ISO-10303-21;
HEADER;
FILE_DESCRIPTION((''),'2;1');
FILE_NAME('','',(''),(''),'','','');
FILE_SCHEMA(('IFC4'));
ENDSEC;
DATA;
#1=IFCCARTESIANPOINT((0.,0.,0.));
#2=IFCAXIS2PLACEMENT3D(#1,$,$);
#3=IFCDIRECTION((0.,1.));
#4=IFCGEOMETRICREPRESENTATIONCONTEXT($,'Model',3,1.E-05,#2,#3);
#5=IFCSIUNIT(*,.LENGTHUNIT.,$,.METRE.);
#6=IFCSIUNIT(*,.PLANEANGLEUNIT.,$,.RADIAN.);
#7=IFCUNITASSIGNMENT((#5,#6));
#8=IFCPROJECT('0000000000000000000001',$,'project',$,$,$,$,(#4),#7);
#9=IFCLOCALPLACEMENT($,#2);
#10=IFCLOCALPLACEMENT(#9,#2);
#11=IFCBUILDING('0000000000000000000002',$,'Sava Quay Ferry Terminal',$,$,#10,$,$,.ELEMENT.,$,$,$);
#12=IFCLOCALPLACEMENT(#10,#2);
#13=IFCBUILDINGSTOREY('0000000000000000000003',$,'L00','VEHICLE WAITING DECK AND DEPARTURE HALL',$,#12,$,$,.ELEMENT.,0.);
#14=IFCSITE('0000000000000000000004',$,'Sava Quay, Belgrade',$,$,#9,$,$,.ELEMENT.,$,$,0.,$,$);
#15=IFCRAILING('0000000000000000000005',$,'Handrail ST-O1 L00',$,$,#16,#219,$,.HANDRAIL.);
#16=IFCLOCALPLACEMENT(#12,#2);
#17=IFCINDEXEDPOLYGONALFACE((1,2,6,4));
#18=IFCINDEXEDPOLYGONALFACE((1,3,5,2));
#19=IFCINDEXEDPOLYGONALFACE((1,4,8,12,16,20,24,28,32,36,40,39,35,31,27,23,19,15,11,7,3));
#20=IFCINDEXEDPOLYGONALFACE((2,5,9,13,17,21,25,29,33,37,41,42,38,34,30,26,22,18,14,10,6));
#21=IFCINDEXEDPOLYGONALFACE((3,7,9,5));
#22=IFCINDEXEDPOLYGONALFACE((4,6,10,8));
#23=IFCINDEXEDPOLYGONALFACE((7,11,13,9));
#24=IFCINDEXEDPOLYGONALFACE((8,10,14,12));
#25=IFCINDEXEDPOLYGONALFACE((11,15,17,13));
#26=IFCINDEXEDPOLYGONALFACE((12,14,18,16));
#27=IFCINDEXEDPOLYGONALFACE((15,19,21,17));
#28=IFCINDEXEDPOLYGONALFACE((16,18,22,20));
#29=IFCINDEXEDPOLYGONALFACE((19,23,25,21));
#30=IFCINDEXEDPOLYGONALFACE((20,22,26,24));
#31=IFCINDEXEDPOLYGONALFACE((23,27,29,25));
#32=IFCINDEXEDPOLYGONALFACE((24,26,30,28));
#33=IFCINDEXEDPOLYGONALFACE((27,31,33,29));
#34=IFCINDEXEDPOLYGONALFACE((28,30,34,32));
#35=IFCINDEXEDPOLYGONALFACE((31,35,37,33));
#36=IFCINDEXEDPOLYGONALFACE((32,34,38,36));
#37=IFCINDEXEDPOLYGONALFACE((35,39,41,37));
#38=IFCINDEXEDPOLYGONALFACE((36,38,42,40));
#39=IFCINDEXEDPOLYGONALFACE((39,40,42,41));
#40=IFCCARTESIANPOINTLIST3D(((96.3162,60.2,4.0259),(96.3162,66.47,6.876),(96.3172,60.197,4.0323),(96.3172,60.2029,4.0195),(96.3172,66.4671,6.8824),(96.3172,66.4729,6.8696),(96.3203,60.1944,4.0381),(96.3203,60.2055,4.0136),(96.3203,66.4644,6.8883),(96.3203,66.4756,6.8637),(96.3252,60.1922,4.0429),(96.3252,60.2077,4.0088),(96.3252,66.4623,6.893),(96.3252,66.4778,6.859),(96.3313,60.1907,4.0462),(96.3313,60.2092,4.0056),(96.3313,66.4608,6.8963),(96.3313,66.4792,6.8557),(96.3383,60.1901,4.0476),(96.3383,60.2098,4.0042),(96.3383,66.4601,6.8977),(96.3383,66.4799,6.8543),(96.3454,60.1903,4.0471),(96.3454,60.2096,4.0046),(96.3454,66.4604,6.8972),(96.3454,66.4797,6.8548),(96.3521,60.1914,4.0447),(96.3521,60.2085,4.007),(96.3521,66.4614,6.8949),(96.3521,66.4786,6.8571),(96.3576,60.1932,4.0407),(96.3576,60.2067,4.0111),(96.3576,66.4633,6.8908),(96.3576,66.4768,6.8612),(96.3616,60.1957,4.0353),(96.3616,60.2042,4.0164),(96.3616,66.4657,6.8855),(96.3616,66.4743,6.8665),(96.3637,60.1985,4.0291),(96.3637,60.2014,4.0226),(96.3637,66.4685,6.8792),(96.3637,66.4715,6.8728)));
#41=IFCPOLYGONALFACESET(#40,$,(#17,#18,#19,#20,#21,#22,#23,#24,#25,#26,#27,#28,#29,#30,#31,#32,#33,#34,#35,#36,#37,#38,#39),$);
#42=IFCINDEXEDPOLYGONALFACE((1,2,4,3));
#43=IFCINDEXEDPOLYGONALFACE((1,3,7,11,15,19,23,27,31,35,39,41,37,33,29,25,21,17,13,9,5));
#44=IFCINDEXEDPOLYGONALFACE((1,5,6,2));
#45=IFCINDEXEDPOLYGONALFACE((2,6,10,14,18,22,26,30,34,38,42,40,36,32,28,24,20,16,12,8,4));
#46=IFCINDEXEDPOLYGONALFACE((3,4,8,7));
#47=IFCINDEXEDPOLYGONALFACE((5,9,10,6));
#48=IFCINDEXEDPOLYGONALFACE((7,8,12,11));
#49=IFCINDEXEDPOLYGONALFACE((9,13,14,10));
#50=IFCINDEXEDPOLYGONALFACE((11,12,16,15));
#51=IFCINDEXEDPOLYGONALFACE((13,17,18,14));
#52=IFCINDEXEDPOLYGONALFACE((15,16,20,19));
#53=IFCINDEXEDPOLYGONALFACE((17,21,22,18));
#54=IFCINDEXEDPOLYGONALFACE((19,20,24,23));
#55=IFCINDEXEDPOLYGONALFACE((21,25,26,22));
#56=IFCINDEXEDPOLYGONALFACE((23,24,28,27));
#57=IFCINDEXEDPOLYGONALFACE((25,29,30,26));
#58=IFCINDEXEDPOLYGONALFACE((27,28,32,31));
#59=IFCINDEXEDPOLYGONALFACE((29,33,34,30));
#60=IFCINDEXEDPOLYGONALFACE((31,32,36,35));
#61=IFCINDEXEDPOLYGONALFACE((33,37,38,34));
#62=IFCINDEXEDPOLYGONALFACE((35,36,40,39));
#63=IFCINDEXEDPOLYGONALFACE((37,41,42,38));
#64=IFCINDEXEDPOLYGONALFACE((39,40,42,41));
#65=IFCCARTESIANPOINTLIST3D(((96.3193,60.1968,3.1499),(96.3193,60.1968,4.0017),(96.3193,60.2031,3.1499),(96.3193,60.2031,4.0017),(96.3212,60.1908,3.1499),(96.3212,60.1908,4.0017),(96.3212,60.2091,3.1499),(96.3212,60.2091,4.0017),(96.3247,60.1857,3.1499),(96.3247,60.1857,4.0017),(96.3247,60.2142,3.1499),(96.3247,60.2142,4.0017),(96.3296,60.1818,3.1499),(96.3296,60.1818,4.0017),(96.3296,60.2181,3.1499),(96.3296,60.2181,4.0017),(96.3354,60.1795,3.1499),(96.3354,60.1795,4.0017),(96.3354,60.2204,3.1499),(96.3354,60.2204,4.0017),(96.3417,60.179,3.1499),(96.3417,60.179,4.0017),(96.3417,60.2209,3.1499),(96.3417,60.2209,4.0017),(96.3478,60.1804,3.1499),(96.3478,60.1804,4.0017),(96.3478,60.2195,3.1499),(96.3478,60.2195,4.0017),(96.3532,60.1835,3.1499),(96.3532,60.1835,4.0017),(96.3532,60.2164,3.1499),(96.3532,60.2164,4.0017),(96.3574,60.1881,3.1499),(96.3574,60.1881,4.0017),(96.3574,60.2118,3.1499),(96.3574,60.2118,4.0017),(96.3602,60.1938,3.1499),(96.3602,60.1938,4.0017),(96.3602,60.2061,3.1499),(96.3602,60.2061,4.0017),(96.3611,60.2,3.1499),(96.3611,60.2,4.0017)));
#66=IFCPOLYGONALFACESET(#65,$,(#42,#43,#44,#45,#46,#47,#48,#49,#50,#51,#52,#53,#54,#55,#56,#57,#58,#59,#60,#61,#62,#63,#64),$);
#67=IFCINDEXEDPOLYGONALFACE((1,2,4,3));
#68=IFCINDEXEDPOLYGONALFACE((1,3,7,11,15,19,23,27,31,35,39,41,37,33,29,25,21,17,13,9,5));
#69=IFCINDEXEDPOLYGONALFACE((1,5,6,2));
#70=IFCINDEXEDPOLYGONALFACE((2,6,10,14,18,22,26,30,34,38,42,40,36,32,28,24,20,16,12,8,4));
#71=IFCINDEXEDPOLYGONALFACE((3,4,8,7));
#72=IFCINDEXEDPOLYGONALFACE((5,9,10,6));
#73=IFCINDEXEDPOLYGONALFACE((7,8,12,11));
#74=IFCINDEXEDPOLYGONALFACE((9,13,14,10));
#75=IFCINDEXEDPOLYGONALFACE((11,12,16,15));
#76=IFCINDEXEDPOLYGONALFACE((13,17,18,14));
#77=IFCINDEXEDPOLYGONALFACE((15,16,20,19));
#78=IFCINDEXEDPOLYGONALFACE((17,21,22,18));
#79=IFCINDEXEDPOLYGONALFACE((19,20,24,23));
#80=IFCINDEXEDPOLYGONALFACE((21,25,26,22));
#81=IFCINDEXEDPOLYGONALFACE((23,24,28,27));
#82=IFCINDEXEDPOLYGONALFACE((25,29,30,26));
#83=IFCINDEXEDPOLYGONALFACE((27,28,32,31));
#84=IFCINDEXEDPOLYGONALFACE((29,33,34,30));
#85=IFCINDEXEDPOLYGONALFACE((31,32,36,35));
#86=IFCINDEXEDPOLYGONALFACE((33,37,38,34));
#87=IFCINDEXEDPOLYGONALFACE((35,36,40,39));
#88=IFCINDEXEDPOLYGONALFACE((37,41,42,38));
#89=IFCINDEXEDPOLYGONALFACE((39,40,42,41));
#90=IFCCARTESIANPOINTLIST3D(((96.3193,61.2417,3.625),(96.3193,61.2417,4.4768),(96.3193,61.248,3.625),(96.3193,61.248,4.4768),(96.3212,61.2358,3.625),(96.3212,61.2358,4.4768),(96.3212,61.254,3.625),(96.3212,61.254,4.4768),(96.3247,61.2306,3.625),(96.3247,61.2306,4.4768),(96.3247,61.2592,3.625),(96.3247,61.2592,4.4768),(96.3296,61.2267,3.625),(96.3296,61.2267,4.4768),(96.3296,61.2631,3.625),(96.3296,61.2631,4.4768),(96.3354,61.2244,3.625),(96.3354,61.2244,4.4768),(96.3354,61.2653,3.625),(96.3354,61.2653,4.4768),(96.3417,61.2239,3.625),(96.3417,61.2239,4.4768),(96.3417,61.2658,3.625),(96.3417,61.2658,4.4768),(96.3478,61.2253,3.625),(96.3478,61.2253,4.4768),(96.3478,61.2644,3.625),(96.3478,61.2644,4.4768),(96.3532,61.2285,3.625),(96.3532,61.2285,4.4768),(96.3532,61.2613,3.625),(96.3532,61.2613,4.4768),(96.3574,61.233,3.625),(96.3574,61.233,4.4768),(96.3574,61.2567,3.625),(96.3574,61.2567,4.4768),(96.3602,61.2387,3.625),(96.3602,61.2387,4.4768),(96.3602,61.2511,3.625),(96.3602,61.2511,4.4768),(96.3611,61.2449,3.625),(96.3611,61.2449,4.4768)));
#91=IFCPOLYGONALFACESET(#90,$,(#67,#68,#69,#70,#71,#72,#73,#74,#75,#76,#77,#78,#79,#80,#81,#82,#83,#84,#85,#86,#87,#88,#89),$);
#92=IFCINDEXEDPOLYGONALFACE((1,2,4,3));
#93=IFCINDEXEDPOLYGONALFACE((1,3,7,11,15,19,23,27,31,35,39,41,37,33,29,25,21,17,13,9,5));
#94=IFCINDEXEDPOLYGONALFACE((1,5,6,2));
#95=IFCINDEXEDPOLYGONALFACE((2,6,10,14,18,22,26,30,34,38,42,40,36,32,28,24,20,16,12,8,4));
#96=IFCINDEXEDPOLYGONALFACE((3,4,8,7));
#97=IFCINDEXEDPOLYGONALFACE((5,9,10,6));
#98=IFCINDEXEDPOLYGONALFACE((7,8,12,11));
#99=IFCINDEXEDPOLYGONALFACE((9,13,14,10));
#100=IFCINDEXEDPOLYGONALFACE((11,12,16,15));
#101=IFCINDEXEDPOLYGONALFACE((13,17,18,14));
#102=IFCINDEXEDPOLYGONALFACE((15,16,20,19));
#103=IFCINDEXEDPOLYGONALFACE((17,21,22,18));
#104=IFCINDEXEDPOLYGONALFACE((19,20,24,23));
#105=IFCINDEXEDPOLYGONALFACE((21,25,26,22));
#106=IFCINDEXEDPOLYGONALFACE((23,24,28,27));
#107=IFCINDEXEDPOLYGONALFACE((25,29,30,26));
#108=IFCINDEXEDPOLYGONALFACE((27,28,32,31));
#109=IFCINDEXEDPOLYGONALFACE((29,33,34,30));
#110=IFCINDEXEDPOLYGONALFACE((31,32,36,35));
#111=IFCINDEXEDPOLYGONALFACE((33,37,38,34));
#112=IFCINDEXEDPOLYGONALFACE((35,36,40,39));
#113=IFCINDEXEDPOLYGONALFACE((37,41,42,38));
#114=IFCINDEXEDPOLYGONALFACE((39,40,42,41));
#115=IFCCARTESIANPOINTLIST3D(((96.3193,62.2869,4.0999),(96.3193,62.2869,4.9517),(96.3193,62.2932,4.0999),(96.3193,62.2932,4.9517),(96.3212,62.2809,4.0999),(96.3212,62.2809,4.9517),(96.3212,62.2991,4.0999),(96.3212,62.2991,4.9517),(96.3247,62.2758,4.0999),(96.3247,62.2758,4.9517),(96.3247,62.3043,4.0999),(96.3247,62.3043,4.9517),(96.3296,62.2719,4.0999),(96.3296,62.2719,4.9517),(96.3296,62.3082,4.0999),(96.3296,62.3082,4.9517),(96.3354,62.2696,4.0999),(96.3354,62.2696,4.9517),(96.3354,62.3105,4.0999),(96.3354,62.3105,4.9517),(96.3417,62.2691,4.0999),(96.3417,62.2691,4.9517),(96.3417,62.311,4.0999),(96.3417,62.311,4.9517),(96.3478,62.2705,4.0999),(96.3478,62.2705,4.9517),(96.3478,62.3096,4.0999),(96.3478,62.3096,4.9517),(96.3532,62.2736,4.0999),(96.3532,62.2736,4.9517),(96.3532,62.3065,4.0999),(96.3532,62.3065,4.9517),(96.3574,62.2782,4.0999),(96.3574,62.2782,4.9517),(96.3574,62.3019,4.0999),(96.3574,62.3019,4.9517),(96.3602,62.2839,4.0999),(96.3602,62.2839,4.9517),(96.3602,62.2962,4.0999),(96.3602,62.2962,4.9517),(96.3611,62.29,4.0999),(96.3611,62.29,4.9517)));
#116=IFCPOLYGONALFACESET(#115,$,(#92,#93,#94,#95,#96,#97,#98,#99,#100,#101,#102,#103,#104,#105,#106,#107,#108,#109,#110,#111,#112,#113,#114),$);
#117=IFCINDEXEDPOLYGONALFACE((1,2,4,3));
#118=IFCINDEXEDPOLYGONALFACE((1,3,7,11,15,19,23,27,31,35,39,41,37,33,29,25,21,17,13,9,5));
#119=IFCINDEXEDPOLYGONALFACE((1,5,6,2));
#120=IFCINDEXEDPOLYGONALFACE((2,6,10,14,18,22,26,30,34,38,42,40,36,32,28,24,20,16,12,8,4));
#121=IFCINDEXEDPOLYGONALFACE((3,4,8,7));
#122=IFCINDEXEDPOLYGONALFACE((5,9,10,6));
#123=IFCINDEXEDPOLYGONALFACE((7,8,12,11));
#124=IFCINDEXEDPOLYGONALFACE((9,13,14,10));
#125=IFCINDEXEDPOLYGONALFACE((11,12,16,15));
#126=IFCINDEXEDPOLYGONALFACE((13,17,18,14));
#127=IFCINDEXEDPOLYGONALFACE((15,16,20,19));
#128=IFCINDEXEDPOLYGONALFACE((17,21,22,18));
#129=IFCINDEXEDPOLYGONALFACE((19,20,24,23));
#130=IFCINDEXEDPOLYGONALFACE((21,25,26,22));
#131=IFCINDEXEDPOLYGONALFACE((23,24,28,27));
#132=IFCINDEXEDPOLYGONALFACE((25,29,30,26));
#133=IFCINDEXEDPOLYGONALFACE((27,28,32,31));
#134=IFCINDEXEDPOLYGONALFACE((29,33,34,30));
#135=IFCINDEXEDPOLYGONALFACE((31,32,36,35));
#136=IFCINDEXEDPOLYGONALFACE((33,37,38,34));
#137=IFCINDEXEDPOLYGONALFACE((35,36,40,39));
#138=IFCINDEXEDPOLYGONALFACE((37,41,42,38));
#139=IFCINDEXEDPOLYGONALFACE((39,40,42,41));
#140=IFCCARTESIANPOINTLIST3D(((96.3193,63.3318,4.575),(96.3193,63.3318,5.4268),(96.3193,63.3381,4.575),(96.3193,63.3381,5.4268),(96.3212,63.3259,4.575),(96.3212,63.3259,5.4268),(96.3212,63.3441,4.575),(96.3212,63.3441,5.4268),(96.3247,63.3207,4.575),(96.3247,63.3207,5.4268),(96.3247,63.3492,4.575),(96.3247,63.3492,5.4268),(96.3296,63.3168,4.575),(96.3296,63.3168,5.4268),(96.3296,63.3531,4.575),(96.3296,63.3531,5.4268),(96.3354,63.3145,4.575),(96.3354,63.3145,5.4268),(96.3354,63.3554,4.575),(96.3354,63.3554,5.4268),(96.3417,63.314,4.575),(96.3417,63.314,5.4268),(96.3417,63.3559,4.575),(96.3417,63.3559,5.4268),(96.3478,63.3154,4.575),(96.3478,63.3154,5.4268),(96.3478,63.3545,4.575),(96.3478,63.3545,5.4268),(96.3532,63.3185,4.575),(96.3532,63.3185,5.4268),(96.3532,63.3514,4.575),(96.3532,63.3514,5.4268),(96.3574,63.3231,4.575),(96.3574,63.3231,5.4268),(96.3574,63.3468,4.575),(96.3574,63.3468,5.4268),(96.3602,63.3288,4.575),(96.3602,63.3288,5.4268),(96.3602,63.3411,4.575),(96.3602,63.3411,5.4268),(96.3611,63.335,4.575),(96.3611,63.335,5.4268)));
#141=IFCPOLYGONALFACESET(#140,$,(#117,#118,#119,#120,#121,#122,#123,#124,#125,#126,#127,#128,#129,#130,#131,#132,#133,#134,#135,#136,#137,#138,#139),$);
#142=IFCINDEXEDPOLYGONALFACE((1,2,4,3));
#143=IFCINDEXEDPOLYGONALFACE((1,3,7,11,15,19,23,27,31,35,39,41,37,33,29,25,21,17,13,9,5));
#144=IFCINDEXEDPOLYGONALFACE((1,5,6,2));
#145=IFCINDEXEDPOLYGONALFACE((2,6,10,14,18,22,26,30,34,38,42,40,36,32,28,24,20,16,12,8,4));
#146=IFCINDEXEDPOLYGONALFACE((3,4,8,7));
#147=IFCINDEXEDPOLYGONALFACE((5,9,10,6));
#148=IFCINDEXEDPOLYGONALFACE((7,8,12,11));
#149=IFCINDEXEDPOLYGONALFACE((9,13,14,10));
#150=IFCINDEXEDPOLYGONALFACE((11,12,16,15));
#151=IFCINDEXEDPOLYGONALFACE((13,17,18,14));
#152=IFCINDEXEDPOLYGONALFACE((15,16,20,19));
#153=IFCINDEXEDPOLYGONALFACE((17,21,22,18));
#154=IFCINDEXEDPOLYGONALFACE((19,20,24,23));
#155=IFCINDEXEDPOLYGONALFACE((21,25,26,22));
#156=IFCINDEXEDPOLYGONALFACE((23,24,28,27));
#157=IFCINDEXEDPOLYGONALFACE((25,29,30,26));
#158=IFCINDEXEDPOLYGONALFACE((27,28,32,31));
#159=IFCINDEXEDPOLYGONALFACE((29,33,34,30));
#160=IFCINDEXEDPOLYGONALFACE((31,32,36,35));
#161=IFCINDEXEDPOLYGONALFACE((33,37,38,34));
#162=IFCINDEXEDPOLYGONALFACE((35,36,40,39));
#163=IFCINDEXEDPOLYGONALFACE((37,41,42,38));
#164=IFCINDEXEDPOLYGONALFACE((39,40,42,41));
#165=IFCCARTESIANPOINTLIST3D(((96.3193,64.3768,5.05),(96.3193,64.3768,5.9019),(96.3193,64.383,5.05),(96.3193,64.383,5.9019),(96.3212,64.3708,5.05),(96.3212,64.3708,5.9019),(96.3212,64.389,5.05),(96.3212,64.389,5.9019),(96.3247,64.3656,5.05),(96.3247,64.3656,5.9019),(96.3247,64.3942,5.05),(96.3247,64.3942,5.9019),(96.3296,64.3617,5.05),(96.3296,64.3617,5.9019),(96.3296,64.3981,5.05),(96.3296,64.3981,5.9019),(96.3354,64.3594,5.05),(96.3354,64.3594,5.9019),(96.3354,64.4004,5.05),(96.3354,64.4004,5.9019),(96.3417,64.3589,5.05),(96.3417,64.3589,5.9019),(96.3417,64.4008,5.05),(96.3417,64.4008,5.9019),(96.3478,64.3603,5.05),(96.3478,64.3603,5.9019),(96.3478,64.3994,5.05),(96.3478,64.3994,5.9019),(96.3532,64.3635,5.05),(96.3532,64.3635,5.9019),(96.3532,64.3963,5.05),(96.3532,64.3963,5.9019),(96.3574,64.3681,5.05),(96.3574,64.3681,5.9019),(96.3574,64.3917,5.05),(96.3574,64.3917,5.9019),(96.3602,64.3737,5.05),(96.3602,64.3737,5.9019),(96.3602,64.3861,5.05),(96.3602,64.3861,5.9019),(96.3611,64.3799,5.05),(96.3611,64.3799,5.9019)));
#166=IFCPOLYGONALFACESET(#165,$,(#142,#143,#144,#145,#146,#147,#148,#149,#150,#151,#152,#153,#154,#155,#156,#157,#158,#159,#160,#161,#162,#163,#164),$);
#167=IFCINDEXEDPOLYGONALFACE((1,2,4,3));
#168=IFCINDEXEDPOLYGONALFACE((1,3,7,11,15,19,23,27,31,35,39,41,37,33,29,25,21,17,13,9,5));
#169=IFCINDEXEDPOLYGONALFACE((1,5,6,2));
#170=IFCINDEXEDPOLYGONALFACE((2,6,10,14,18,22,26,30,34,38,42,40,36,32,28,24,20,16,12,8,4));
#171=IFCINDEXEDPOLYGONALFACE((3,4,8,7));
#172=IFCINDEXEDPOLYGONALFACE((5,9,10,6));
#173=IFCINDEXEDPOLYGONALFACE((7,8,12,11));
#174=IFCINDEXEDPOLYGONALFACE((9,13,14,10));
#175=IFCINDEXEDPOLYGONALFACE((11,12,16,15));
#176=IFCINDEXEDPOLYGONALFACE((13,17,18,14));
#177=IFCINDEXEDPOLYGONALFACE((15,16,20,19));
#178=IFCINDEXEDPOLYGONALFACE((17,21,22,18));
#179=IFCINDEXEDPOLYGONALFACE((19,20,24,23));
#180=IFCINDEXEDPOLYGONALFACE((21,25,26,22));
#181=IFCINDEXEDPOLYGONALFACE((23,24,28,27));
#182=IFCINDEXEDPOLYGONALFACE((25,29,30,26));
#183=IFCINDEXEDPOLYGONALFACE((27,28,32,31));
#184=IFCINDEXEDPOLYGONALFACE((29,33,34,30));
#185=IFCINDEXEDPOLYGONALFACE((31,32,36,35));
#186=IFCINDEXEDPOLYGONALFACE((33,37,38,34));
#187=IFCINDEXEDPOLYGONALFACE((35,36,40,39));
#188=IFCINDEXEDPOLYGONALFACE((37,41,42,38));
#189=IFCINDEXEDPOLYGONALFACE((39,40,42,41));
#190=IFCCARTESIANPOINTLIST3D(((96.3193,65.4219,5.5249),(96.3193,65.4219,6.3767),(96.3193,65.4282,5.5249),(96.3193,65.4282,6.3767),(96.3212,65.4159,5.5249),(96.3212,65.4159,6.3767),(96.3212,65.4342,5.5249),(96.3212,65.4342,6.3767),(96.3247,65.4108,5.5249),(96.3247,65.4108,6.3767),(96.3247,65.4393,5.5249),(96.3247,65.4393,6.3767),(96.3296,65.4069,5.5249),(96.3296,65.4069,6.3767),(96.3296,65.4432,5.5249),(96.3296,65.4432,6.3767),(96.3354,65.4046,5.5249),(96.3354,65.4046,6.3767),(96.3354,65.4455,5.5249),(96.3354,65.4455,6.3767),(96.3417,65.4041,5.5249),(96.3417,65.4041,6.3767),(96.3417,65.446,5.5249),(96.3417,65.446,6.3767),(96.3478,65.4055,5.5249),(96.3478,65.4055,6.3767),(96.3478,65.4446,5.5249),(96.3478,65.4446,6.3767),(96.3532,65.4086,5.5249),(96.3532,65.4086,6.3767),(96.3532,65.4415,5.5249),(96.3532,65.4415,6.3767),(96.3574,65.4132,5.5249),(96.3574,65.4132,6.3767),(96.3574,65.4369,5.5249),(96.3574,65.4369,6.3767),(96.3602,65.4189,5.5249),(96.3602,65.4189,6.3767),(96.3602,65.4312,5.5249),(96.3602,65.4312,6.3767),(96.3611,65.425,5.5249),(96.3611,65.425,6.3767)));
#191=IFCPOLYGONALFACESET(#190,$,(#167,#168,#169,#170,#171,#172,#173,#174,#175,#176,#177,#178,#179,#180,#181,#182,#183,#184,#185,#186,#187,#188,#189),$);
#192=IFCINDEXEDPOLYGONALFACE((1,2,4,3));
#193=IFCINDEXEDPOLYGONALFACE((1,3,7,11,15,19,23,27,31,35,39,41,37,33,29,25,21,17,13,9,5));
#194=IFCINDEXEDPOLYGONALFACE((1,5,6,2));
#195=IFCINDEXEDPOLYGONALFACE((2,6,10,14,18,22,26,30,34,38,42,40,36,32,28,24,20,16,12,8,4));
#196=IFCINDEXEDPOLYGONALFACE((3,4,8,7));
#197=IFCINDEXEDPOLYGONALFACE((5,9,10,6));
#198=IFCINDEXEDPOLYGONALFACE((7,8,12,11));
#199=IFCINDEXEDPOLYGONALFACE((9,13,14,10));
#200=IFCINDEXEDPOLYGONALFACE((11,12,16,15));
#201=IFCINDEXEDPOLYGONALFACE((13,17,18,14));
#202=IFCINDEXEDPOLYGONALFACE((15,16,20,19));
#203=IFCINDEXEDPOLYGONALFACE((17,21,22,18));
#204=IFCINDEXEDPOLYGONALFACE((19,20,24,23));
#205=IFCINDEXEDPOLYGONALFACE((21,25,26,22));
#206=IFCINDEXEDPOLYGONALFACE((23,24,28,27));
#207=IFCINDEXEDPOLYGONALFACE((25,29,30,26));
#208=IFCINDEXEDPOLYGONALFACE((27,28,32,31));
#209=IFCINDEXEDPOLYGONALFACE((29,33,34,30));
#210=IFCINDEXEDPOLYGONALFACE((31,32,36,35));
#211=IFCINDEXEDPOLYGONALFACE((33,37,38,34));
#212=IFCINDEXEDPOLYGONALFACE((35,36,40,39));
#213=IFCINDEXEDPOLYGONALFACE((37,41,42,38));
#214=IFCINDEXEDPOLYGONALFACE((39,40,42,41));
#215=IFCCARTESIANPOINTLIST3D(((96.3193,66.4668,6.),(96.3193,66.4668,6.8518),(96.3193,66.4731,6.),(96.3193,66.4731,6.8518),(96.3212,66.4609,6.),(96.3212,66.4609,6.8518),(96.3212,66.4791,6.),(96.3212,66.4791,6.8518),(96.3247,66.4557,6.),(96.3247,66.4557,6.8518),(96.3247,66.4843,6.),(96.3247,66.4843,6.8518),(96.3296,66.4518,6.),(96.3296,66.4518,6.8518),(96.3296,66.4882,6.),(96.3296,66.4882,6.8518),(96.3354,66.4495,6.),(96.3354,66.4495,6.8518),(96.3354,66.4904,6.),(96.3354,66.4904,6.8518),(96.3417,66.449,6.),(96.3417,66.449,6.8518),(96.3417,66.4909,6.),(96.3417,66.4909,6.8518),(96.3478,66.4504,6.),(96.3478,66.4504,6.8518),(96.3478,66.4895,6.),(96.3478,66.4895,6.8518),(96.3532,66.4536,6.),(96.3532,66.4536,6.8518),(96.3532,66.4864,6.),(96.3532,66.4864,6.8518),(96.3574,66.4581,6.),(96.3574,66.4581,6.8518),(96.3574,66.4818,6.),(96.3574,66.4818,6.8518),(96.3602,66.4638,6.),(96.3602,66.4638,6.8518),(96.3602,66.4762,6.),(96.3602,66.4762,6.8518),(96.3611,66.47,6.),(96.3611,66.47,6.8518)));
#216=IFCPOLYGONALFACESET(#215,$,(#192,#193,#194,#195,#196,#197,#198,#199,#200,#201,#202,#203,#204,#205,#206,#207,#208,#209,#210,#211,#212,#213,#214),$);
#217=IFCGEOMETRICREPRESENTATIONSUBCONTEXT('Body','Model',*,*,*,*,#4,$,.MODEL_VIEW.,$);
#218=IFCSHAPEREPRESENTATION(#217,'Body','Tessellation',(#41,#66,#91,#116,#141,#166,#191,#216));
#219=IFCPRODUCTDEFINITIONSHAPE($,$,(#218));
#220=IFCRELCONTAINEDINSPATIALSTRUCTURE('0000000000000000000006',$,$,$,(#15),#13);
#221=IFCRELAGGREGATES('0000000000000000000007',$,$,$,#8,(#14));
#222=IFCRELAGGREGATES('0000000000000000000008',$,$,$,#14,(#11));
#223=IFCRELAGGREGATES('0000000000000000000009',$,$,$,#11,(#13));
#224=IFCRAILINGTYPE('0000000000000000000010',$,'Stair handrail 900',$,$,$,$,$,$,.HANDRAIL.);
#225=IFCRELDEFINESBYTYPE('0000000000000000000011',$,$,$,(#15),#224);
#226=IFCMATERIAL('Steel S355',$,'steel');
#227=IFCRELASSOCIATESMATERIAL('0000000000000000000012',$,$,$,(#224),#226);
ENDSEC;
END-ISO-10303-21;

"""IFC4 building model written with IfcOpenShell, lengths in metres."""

from ifc_helpers import new_model, si_unit, direction, frame, origin, origin_2d, place, context, subcontext, project, spatial, circle, extrude, material, type_object, element, save


model = new_model("IFC4")

# Units and contexts
model_context = context("Model", 3, precision=1e-05, world=origin(), true_north=direction((0.0, 1.0)))
body_context = subcontext(model_context, "Body", "Model", "MODEL_VIEW")
ifc_project = project(units=[si_unit("LENGTHUNIT", "METRE"), si_unit("PLANEANGLEUNIT", "RADIAN")], contexts=[model_context])

# Site, building, storey
site_placement = place(None, origin())
site = spatial("IfcSite", under=ifc_project, at=site_placement, Name="Sava Quay, Belgrade", CompositionType="ELEMENT", RefElevation=0.0)
building_placement = place(site_placement, origin())
building = spatial("IfcBuilding", under=site, at=building_placement, Name="Sava Quay Ferry Terminal", CompositionType="ELEMENT")
storey_placement = place(building_placement, origin())
storey = spatial("IfcBuildingStorey", under=building, at=storey_placement, Name="L00", Description="VEHICLE WAITING DECK AND DEPARTURE HALL", CompositionType="ELEMENT", Elevation=0.0)

# Railing
ifc_material_1 = material(Name="Steel S355", Category="steel")
railing_type_1 = type_object("IfcRailingType", Name="Stair handrail 900", PredefinedType="HANDRAIL", material=ifc_material_1)
railing_1_placement = place(storey_placement, frame((96.3401, 60.2, 3.1499)))
element("IfcRailing", 1, at=railing_1_placement, inside=storey, type_object=railing_type_1, Name="Handrail ST-O1 L00", PredefinedType="HANDRAIL", context=body_context, shape_type="SweptSolid", body=[
    extrude(circle(Radius=0.0239, at=origin_2d()), frame((0.0, 0.0, 0.876), z_axis=(0.0, 0.910362, 0.413814), x_axis=(-1.0, 0.0, 0.0)), (0.0, 0.0, 1.0), 6.8875),
    extrude(circle(Radius=0.021, at=origin_2d()), origin(), (0.0, 0.0, 1.0), 0.8518),
    extrude(circle(Radius=0.021, at=origin_2d()), frame((0.0, 1.0449, 0.4751)), (0.0, 0.0, 1.0), 0.8518),
    extrude(circle(Radius=0.021, at=origin_2d()), frame((0.0, 2.0901, 0.95)), (0.0, 0.0, 1.0), 0.8518),
    extrude(circle(Radius=0.021, at=origin_2d()), frame((0.0, 3.135, 1.425)), (0.0, 0.0, 1.0), 0.8518),
    extrude(circle(Radius=0.021, at=origin_2d()), frame((0.0, 4.1799, 1.9001)), (0.0, 0.0, 1.0), 0.8518),
    extrude(circle(Radius=0.021, at=origin_2d()), frame((0.0, 5.2251, 2.375)), (0.0, 0.0, 1.0), 0.8518),
    extrude(circle(Radius=0.021, at=origin_2d()), frame((0.0, 6.27, 2.8501)), (0.0, 0.0, 1.0), 0.8518),
])

save(model, "model.ifc")
